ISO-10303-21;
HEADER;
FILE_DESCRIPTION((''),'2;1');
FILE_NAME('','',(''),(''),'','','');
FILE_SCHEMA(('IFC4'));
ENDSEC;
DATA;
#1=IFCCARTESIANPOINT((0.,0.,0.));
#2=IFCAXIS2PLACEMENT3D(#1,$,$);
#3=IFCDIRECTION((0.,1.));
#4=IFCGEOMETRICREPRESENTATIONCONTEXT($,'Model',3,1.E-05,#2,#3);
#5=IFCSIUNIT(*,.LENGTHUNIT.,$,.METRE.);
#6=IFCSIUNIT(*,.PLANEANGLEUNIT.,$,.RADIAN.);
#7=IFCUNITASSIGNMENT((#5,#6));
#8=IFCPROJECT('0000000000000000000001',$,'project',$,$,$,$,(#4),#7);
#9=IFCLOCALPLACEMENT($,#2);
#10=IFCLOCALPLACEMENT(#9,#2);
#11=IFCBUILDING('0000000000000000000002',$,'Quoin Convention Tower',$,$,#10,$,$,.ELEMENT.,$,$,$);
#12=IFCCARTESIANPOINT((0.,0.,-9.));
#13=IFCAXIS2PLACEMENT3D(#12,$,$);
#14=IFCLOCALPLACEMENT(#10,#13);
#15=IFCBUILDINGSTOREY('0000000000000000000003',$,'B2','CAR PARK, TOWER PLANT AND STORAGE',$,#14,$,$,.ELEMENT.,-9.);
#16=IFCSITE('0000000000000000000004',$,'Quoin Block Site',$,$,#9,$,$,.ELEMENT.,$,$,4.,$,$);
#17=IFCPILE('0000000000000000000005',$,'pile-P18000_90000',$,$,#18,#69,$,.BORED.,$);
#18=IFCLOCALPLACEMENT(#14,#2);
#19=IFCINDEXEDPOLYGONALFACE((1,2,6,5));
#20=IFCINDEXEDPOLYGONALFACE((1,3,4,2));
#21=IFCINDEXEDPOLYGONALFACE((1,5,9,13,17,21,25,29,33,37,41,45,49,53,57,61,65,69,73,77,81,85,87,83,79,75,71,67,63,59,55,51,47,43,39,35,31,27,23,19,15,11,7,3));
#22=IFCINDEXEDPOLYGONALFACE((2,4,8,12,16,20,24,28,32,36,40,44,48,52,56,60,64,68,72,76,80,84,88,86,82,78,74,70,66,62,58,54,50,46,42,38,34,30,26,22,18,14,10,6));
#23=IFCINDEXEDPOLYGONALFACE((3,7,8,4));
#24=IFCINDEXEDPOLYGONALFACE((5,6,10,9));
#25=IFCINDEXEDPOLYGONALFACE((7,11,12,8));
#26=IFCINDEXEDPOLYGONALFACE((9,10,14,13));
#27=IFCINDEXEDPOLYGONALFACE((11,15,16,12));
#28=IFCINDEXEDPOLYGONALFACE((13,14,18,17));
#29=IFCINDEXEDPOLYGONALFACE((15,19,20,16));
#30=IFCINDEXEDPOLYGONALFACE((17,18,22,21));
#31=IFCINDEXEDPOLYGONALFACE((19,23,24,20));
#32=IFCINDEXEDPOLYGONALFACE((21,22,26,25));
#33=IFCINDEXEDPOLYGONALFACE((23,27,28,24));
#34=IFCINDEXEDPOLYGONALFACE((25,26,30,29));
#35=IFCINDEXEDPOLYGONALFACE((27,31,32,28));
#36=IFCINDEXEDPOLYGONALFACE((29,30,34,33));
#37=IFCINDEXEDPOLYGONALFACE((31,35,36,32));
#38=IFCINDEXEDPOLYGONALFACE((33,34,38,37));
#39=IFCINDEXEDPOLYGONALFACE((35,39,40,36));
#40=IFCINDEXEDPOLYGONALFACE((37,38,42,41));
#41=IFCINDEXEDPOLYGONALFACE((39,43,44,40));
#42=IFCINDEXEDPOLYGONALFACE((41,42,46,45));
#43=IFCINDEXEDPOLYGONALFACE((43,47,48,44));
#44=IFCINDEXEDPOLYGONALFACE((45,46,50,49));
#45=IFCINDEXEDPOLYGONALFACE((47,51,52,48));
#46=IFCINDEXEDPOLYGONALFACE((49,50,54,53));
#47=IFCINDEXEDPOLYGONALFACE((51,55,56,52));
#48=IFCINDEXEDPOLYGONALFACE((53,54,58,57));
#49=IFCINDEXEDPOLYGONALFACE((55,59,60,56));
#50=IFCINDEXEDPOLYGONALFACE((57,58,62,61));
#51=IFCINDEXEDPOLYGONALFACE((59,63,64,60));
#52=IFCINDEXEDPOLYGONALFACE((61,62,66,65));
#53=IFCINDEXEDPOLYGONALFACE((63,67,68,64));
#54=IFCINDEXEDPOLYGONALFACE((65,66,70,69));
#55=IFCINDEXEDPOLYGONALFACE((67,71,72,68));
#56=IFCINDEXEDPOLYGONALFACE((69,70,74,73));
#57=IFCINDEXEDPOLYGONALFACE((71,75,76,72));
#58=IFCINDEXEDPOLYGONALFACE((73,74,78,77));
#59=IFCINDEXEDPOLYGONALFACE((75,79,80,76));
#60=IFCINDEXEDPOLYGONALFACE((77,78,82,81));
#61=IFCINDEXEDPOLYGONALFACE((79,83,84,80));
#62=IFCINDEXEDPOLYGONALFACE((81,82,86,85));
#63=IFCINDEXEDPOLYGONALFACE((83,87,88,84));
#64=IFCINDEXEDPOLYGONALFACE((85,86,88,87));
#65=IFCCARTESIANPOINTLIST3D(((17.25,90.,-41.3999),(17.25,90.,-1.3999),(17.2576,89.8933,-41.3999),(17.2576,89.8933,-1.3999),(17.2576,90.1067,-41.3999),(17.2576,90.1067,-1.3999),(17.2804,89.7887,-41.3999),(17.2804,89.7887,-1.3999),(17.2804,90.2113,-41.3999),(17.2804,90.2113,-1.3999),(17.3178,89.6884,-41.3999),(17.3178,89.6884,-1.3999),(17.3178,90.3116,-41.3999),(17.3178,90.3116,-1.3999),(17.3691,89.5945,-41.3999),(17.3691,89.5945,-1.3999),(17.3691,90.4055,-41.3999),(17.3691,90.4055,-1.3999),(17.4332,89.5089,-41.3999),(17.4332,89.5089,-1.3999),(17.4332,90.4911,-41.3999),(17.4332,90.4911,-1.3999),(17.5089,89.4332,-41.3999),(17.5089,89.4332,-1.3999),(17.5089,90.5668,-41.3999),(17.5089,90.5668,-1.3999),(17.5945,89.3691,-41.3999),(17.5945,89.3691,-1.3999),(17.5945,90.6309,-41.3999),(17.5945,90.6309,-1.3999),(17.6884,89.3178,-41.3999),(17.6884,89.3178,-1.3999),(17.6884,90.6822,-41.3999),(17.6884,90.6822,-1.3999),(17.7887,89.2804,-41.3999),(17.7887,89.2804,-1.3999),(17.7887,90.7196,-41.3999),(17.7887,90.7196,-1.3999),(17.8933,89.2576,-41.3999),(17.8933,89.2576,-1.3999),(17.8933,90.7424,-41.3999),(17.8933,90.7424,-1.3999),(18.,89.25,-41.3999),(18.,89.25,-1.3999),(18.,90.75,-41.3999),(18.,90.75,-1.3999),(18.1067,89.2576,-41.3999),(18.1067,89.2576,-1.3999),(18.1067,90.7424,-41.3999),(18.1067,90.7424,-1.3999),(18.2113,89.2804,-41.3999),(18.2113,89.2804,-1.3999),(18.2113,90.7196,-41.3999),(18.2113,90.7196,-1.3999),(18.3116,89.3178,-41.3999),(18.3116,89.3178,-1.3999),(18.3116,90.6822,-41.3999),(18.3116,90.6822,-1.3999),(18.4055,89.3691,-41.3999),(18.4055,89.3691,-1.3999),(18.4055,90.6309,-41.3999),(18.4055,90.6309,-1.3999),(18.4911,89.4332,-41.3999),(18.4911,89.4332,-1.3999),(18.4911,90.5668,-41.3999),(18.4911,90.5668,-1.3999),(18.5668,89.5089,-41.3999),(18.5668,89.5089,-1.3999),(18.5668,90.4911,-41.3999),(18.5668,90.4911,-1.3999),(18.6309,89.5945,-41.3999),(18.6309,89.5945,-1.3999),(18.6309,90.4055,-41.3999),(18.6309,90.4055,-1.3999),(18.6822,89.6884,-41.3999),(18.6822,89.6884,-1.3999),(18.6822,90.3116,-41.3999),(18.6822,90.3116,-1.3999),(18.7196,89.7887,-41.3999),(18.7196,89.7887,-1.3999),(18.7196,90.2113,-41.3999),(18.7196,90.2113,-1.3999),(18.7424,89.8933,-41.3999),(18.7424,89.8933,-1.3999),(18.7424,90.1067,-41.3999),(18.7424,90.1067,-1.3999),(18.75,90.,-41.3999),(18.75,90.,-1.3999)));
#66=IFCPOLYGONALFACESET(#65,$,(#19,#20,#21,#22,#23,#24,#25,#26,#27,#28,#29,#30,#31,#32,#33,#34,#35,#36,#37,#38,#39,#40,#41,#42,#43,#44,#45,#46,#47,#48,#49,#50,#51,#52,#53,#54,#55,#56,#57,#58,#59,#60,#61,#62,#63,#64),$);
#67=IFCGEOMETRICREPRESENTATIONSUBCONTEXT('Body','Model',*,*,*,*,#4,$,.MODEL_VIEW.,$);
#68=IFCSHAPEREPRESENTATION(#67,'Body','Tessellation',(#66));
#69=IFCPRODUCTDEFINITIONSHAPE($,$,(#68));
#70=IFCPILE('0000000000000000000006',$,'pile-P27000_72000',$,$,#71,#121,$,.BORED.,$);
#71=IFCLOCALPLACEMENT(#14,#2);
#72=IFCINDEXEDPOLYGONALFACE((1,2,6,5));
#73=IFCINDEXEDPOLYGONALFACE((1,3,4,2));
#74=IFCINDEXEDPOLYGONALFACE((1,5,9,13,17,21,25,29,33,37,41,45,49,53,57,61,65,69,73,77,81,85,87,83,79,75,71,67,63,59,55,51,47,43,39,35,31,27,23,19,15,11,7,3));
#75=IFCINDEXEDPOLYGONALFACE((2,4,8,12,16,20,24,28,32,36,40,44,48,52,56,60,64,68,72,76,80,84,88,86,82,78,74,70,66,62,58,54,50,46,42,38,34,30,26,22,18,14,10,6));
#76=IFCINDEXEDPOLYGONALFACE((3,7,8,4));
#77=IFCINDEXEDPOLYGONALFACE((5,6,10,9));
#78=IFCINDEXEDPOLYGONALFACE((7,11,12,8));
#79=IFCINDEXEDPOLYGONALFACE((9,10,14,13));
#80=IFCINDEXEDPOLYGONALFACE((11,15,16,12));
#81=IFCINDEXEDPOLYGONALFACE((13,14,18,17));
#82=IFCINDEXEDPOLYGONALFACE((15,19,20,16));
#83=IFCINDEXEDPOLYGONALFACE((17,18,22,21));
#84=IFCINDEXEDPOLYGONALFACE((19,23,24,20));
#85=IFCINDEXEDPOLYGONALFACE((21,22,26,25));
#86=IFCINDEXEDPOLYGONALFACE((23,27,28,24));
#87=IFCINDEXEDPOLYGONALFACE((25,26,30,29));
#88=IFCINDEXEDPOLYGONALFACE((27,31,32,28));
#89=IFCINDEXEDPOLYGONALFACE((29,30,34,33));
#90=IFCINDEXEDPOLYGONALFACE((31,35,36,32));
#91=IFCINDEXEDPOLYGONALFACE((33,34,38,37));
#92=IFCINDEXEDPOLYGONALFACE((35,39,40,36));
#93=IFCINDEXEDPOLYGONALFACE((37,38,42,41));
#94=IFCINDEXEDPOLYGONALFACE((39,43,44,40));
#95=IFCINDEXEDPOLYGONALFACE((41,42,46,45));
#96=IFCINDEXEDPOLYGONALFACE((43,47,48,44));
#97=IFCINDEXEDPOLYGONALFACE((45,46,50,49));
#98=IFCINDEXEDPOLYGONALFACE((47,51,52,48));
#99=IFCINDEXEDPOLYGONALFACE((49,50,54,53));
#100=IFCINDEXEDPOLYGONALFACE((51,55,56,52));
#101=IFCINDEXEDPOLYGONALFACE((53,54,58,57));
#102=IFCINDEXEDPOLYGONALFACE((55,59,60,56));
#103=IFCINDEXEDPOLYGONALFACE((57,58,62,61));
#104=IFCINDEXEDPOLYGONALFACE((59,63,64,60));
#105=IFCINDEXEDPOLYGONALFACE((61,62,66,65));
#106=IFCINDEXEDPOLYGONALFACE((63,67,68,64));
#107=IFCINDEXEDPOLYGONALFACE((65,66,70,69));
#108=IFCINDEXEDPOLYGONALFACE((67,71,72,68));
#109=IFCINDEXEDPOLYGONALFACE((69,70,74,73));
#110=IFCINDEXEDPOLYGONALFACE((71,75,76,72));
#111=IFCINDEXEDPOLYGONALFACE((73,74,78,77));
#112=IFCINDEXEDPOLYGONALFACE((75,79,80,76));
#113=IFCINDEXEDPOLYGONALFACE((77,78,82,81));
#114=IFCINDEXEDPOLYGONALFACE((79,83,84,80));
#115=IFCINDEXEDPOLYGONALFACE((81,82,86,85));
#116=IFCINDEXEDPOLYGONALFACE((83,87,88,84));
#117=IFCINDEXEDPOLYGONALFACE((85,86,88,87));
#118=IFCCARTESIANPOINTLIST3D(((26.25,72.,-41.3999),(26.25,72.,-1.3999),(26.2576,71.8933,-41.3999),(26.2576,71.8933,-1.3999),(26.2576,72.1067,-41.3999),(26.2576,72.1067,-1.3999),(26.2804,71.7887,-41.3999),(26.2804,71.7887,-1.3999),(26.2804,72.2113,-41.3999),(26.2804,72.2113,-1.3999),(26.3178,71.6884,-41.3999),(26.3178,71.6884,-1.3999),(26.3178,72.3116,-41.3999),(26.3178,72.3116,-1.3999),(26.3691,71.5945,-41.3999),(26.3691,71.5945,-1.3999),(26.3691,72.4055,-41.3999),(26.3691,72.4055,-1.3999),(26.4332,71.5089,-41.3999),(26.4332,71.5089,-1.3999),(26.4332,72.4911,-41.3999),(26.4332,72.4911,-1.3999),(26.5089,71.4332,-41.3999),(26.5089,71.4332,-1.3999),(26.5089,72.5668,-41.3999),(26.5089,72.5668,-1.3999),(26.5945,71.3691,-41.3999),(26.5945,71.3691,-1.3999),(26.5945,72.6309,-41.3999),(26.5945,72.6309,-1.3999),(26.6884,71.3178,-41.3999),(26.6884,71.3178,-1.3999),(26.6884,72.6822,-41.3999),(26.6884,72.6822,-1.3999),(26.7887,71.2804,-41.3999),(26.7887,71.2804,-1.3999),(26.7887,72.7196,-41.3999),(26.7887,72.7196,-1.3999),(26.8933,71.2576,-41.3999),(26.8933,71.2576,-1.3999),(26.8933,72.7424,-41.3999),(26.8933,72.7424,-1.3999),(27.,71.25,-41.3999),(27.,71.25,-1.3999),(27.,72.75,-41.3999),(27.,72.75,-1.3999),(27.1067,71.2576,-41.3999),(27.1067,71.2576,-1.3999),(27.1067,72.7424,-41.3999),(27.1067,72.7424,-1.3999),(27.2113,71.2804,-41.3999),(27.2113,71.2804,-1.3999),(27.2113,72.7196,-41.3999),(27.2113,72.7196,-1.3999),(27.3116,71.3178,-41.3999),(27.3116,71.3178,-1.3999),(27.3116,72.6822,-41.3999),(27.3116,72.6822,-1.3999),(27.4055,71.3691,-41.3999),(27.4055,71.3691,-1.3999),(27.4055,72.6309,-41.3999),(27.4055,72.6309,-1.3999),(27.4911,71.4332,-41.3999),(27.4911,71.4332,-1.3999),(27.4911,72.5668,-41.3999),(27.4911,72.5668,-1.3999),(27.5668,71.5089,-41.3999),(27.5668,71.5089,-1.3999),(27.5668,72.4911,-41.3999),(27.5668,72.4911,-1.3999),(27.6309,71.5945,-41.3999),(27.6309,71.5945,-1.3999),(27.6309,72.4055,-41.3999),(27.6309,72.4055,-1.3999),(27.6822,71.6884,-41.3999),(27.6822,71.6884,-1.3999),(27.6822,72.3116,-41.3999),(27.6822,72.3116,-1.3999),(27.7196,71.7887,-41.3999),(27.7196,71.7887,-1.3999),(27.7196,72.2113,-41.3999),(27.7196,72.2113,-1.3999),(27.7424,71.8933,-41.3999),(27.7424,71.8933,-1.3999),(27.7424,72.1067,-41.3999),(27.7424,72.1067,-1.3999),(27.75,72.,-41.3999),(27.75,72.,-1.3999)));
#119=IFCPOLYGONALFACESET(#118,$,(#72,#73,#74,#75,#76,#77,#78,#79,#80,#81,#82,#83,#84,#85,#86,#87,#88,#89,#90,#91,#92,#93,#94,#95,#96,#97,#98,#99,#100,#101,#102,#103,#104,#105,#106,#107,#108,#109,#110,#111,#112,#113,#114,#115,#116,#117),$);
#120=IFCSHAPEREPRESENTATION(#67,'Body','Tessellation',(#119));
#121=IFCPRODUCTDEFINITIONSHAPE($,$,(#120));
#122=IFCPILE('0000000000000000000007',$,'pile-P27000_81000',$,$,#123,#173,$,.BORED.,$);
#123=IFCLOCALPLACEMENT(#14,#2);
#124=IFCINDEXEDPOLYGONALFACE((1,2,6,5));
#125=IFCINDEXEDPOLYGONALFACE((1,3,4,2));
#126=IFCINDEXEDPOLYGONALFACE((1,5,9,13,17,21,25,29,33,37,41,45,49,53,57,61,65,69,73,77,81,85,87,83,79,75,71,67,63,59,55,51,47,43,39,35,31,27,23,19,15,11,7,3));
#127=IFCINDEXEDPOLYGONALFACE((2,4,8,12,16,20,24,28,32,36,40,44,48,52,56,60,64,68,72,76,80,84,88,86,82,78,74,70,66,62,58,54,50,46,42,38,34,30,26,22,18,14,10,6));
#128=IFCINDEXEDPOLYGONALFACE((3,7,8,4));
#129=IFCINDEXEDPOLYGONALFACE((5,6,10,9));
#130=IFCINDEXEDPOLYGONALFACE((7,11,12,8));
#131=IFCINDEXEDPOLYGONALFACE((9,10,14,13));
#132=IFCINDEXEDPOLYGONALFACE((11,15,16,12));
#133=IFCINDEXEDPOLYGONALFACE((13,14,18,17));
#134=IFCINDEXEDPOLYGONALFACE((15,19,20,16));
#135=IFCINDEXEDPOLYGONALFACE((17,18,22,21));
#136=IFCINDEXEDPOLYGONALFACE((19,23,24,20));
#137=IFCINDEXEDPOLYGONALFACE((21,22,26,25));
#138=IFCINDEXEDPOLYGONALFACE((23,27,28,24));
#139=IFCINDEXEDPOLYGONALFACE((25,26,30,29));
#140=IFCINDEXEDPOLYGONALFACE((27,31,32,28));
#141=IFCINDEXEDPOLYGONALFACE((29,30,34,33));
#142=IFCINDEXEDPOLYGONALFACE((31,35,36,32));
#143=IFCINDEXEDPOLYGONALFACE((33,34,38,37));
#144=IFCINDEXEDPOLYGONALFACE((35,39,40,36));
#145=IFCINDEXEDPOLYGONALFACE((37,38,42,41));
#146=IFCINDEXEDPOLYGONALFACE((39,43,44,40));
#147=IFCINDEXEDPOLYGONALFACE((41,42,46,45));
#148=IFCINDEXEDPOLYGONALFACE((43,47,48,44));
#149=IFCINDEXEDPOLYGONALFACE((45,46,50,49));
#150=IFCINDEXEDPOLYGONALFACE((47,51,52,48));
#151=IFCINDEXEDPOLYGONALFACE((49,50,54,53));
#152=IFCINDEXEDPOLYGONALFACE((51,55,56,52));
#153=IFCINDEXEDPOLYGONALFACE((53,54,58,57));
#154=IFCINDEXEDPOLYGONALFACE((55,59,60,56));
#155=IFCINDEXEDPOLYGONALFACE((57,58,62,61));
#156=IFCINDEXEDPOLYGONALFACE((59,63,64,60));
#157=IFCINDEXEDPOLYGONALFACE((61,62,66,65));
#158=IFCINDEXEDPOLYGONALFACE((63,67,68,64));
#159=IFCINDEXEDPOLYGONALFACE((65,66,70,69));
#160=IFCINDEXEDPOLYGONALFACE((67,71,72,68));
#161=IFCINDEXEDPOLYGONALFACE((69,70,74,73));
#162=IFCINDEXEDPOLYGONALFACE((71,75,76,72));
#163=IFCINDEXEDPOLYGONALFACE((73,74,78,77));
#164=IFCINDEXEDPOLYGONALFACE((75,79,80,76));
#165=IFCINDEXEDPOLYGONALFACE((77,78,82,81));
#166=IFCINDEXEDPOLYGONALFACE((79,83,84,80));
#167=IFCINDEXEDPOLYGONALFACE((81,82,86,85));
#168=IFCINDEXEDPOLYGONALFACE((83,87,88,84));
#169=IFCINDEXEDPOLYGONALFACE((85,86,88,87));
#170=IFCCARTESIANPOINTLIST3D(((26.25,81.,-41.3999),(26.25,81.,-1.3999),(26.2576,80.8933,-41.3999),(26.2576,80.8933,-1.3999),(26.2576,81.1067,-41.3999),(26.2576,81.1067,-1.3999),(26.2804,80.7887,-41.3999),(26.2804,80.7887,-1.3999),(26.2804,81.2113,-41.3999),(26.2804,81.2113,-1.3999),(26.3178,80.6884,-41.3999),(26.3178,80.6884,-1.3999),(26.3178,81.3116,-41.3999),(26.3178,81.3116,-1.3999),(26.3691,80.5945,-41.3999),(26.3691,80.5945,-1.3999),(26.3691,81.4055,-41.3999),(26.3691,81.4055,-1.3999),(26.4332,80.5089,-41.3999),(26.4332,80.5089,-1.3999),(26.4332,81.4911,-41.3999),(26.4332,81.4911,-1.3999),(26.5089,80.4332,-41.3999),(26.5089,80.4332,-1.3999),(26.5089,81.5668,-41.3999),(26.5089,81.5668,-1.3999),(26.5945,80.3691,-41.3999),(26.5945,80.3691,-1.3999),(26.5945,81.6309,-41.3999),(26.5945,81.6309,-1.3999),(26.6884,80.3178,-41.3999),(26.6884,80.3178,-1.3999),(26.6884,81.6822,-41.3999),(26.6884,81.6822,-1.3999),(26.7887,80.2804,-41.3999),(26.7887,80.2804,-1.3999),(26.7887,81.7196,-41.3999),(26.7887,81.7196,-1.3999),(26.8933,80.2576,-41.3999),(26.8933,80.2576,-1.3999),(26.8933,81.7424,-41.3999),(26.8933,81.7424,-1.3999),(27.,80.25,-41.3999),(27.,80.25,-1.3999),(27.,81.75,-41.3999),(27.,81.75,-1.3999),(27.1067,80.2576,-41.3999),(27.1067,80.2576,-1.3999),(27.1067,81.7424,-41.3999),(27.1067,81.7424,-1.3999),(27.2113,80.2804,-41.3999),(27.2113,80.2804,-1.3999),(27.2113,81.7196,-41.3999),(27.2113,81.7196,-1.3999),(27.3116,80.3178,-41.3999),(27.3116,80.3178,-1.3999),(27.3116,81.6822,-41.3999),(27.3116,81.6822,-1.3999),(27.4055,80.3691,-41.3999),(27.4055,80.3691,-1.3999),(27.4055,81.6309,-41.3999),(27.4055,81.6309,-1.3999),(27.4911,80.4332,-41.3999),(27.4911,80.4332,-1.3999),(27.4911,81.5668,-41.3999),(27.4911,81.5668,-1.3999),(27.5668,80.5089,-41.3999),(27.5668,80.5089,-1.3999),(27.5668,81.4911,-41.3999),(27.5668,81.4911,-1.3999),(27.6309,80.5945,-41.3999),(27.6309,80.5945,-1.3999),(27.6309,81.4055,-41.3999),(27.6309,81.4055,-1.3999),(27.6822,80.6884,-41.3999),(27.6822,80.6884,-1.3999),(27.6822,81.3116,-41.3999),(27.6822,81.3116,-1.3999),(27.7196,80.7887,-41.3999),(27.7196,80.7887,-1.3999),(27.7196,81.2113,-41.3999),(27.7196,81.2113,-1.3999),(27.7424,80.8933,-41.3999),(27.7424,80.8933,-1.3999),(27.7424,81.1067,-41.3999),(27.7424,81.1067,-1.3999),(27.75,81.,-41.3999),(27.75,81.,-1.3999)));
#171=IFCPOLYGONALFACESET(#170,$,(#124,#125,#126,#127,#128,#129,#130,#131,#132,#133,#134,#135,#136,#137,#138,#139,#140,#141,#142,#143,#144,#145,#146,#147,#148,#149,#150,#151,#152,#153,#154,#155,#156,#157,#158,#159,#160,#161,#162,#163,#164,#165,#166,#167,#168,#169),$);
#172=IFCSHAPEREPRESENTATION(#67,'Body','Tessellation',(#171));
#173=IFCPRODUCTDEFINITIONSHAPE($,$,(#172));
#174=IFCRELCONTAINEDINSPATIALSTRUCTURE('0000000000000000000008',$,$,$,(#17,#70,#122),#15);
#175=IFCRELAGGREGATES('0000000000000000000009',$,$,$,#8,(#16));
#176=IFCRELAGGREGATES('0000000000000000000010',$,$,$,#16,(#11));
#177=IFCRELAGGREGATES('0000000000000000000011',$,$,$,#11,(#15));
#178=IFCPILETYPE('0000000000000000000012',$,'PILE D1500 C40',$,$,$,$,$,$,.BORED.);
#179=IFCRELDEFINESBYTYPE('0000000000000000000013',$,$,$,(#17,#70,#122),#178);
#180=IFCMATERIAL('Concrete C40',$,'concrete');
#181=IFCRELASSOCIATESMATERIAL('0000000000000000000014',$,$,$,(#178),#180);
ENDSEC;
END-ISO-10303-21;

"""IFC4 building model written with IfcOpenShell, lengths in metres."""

from ifc_helpers import new_model, si_unit, direction, frame, origin, origin_2d, place, context, subcontext, project, spatial, circle, extrude, material, material_profile, profile_set, type_object, element, save


model = new_model("IFC4")

# Units and contexts
model_context = context("Model", 3, precision=1e-05, world=origin(), true_north=direction((0.0, 1.0)))
body_context = subcontext(model_context, "Body", "Model", "MODEL_VIEW")
ifc_project = project(units=[si_unit("LENGTHUNIT", "METRE"), si_unit("PLANEANGLEUNIT", "RADIAN")], contexts=[model_context])

# Site, building, storey
site_placement = place(None, origin())
site = spatial("IfcSite", under=ifc_project, at=site_placement, Name="Quoin Block Site", CompositionType="ELEMENT", RefElevation=4.0)
building_placement = place(site_placement, origin())
building = spatial("IfcBuilding", under=site, at=building_placement, Name="Quoin Convention Tower", CompositionType="ELEMENT")
storey_placement = place(building_placement, frame((0.0, 0.0, -9.0)))
storey = spatial("IfcBuildingStorey", under=building, at=storey_placement, Name="B2", Description="CAR PARK, TOWER PLANT AND STORAGE", CompositionType="ELEMENT", Elevation=-9.0)

# Piles
ifc_material_1 = material(Name="Concrete C40", Category="concrete")
ifc_material_profile_1 = material_profile(ifc_material_1, circle(Radius=0.75, at=origin_2d()), Name="D1500")
ifc_profile_set_1 = profile_set([ifc_material_profile_1], Name="Concrete C40")
pile_type = type_object("IfcPileType", Name="PILE D1500 C40", PredefinedType="BORED", material=ifc_profile_set_1)
for number, where, z_axis, x_axis, name in (
    (1, (18.0, 90.0, -1.3999), (0.0, 0.0, -1.0), (1.0, 0.0, 0.0), "pile-P18000_90000"),
    (2, (27.0, 72.0, -1.3999), (0.0, 0.0, -1.0), (1.0, 0.0, 0.0), "pile-P27000_72000"),
    (3, (27.0, 81.0, -1.3999), (0.0, 0.0, -1.0), (1.0, 0.0, 0.0), "pile-P27000_81000"),
):
    element("IfcPile", number, at=place(storey_placement, frame(where, z_axis=z_axis, x_axis=x_axis)), inside=storey, type_object=pile_type, Name=name, PredefinedType="BORED", context=body_context, shape_type="SweptSolid", body=[
        extrude(circle(Radius=0.75, at=origin_2d()), origin(), (0.0, 0.0, 1.0), 40.0),
    ])

save(model, "model.ifc")
